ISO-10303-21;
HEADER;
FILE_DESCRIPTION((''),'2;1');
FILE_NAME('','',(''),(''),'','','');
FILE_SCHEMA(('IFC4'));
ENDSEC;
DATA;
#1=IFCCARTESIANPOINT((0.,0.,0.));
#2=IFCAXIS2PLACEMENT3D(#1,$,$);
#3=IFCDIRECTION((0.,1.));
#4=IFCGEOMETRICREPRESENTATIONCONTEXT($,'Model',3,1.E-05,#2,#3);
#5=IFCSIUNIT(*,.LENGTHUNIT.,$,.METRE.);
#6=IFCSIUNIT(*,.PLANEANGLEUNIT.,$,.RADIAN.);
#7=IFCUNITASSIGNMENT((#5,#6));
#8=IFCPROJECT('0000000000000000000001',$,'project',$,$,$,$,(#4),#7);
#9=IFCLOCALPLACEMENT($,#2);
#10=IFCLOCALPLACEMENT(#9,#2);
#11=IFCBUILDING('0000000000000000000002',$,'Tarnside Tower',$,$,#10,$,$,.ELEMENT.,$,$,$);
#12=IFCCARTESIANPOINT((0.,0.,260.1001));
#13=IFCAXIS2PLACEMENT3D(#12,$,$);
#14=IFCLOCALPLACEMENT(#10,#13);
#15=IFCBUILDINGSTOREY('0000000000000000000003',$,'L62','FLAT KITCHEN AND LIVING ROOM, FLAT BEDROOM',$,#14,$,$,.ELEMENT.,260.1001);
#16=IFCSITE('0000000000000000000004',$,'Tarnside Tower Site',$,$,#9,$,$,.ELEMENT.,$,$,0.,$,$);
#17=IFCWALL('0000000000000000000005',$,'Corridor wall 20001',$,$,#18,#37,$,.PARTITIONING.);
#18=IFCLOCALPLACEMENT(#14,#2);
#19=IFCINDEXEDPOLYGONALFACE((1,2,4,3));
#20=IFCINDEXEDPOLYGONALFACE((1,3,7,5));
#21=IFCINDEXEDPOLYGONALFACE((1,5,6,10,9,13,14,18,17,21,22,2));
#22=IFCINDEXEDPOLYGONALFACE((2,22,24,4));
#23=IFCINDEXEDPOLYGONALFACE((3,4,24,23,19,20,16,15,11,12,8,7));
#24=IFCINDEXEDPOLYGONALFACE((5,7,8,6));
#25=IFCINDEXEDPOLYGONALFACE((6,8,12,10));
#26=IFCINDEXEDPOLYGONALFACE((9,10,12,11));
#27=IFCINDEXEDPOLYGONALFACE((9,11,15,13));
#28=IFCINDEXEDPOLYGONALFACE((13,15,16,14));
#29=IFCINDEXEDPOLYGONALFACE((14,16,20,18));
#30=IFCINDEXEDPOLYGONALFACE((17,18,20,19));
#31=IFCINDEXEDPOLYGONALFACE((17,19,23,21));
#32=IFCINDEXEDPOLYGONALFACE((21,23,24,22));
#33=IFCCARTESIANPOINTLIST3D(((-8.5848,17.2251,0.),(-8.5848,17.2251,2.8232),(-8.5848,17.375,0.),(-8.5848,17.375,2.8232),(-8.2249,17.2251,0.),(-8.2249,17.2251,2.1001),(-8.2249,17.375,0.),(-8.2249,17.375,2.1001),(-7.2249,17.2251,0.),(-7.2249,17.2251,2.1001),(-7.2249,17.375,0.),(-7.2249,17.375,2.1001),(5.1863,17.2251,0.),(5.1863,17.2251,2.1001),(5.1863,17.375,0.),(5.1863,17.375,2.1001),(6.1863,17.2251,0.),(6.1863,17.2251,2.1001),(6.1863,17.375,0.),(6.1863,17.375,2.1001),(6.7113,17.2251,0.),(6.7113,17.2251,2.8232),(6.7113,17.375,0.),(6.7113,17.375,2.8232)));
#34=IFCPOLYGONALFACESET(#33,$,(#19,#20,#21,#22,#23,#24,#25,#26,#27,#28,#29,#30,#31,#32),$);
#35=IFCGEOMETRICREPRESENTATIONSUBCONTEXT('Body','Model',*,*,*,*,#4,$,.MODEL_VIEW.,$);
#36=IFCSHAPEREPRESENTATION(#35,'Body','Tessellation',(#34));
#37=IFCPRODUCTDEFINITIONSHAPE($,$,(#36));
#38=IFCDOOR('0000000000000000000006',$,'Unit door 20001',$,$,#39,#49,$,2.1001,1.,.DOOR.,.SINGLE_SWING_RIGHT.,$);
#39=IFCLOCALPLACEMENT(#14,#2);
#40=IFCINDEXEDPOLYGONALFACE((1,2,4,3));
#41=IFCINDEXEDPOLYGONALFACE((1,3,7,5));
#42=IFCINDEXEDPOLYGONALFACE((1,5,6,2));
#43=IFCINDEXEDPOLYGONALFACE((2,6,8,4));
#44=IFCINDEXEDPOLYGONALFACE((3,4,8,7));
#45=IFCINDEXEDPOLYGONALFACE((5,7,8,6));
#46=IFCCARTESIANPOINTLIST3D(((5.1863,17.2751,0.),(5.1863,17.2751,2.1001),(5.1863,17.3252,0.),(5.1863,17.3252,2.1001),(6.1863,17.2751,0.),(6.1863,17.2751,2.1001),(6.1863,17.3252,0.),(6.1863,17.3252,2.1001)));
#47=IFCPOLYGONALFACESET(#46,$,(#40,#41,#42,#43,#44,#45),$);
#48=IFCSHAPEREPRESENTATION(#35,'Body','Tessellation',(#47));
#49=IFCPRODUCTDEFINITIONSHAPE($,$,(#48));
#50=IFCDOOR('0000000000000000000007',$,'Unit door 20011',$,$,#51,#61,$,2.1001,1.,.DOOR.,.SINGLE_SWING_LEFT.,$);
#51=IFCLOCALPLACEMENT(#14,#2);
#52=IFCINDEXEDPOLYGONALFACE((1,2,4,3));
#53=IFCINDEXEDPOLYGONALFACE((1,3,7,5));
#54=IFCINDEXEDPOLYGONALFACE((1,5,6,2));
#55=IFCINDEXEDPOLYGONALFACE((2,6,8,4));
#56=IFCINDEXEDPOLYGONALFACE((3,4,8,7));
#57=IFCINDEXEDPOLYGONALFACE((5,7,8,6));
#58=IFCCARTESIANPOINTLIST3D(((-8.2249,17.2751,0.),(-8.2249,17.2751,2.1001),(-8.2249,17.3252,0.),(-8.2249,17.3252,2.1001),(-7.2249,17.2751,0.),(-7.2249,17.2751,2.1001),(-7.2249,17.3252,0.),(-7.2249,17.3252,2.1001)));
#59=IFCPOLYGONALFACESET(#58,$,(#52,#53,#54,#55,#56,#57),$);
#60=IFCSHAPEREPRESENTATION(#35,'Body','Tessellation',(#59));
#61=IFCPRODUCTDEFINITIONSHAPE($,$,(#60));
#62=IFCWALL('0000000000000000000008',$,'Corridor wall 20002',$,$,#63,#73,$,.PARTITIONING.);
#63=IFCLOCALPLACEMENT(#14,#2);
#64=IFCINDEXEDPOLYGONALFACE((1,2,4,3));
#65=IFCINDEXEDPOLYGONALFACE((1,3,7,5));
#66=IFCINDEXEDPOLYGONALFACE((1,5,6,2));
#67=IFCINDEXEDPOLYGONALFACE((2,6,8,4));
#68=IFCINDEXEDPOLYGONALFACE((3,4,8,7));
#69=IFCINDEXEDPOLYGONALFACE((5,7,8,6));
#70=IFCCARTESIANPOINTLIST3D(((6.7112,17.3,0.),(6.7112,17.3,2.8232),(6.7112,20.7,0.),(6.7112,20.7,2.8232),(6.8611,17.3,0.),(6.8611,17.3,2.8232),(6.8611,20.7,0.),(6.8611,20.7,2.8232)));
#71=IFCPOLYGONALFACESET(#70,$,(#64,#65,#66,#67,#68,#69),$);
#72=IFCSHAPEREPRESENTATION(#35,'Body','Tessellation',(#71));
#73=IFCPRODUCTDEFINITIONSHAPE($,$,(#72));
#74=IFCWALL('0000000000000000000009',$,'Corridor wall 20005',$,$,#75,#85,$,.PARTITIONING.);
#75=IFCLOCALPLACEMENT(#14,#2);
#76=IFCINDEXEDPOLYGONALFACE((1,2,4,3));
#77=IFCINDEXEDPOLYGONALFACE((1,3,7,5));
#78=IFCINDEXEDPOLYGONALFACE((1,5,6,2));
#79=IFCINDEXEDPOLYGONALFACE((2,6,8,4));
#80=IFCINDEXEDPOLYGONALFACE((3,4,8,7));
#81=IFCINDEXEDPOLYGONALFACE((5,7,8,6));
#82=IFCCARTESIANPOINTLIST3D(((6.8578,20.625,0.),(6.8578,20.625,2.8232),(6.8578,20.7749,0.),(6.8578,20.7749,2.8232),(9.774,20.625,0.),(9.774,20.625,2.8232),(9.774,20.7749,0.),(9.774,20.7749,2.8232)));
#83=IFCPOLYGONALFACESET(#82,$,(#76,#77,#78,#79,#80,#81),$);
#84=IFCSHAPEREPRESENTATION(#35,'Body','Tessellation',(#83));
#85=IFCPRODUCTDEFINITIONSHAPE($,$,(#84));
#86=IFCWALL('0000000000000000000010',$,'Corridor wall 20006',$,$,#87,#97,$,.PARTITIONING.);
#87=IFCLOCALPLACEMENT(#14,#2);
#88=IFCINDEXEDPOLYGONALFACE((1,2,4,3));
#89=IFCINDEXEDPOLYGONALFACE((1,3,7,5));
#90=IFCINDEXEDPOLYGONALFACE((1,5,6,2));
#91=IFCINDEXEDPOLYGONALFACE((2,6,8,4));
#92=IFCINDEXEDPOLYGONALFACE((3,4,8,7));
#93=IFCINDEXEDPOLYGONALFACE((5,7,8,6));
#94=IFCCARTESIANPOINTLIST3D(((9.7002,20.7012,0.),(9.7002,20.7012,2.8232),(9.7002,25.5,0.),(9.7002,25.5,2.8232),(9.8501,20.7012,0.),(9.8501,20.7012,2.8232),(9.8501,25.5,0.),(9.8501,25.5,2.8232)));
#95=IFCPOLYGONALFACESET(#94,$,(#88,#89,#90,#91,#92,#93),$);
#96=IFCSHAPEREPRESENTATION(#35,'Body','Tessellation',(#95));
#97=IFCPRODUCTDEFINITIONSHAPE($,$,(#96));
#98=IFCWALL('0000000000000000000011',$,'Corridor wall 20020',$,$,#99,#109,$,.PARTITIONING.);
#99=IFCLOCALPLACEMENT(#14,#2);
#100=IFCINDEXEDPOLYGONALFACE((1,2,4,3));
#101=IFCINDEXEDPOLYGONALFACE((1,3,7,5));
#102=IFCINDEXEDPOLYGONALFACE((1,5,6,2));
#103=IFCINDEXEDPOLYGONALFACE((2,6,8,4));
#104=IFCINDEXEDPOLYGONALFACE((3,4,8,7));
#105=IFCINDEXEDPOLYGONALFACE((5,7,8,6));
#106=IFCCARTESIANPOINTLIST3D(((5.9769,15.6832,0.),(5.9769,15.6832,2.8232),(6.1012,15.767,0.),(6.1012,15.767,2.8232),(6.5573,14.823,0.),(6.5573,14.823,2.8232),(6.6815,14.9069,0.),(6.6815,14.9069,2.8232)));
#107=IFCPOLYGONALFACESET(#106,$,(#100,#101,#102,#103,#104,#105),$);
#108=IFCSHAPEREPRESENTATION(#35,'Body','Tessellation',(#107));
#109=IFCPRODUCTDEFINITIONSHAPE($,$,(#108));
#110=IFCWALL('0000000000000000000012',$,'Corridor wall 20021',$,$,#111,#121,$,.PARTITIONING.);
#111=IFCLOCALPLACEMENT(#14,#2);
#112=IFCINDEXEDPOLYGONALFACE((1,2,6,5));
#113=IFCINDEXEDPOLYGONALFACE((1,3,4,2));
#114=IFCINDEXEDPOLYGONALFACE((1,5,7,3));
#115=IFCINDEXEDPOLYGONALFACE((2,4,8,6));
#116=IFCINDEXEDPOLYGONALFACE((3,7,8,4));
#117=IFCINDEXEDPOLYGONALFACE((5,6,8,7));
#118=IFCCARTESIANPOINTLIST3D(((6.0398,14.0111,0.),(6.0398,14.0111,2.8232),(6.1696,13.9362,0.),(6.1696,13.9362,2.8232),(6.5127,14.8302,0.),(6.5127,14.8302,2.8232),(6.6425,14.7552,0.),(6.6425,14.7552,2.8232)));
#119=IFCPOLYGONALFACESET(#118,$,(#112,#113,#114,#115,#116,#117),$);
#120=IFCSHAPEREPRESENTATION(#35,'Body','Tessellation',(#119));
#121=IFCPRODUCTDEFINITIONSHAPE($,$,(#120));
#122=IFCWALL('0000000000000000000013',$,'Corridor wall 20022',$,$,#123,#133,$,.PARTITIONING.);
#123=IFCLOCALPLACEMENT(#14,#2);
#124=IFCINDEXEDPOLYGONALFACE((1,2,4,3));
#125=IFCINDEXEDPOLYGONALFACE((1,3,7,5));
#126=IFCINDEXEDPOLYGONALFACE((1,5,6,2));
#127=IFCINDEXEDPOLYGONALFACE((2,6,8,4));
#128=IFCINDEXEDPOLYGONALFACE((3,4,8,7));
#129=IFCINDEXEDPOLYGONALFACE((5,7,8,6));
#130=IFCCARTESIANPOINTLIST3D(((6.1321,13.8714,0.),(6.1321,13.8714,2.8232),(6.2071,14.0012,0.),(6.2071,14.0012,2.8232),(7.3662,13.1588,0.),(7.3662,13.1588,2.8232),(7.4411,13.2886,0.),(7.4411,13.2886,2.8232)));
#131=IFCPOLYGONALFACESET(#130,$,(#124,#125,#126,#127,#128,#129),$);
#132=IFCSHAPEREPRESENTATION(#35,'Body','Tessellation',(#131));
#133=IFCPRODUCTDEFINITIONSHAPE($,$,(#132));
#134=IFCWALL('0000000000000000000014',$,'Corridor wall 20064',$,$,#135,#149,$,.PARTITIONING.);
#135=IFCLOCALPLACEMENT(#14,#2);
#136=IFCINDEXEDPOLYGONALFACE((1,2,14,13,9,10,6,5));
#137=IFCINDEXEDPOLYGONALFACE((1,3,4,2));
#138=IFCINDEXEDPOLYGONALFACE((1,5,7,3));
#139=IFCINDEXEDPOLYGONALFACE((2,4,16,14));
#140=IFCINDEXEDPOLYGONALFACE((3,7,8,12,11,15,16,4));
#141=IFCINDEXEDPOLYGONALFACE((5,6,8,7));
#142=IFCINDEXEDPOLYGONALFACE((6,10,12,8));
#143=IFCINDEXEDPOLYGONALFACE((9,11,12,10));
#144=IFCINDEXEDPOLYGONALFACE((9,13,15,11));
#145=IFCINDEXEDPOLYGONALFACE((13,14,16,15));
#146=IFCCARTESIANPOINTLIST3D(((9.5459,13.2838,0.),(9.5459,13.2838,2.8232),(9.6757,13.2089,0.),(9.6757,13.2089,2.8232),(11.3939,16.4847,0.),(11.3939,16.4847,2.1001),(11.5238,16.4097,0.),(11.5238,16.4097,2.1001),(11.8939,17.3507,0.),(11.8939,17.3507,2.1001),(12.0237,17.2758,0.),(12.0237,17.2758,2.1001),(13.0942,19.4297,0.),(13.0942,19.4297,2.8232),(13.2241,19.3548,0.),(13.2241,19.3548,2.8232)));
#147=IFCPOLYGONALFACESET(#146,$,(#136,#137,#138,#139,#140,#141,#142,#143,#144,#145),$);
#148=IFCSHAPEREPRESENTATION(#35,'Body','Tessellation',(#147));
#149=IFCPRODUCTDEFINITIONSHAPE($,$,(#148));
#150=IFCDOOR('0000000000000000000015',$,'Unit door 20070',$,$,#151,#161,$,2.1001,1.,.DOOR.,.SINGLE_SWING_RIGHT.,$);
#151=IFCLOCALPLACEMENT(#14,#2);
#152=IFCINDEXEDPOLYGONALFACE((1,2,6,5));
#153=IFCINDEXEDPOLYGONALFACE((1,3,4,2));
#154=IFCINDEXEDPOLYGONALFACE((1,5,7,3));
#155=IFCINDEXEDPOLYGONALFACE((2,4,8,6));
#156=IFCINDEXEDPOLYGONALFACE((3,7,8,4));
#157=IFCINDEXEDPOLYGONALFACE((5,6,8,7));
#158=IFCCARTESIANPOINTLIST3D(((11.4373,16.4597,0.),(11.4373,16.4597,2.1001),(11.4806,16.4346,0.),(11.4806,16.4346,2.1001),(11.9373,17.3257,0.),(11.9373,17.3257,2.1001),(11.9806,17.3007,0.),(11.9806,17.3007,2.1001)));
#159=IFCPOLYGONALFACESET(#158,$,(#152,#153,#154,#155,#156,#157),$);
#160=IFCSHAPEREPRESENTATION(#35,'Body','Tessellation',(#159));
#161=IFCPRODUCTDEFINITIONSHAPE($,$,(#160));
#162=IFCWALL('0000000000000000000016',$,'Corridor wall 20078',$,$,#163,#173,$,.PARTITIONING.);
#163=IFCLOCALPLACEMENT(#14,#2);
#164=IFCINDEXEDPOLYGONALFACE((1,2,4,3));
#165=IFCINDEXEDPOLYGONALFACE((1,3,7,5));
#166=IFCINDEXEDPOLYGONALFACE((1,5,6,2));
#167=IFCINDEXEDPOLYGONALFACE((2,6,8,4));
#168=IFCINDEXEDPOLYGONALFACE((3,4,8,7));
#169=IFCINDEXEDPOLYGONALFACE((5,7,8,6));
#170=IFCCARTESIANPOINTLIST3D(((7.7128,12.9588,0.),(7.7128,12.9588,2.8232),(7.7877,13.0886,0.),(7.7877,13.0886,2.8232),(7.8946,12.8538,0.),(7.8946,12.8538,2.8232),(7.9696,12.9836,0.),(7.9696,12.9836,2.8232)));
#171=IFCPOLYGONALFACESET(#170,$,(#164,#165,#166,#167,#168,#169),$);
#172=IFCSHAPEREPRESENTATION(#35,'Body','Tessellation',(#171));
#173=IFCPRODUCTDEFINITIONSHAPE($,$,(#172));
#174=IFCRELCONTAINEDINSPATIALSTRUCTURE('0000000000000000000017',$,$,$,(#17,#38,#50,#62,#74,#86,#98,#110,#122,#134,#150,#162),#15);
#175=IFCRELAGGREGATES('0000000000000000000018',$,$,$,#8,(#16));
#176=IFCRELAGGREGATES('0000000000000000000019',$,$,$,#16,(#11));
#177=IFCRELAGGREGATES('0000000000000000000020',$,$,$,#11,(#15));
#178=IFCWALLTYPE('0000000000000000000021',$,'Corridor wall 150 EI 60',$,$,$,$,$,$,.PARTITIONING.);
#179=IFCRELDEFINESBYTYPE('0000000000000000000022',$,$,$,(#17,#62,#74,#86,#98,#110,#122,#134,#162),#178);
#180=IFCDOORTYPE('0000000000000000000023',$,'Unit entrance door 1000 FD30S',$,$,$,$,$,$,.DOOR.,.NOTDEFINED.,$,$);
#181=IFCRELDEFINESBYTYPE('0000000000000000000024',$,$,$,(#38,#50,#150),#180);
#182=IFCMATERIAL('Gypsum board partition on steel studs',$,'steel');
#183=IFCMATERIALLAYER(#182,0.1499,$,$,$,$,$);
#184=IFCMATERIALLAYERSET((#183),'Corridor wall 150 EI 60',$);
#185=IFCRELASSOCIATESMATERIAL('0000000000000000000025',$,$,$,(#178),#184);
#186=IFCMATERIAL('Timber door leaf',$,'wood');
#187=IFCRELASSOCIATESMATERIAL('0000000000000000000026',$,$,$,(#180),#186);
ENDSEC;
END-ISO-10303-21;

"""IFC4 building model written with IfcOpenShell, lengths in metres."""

from ifc_helpers import new_model, si_unit, direction, frame, frame_2d, origin, place, context, subcontext, project, spatial, rectangle, extrude, material, layer, layer_set, type_object, element, fill, save


model = new_model("IFC4")

# Units and contexts
model_context = context("Model", 3, precision=1e-05, world=origin(), true_north=direction((0.0, 1.0)))
body_context = subcontext(model_context, "Body", "Model", "MODEL_VIEW")
ifc_project = project(units=[si_unit("LENGTHUNIT", "METRE"), si_unit("PLANEANGLEUNIT", "RADIAN")], contexts=[model_context])

# Site, building, storey
site_placement = place(None, origin())
site = spatial("IfcSite", under=ifc_project, at=site_placement, Name="Tarnside Tower Site", CompositionType="ELEMENT", RefElevation=0.0)
building_placement = place(site_placement, origin())
building = spatial("IfcBuilding", under=site, at=building_placement, Name="Tarnside Tower", CompositionType="ELEMENT")
storey_placement = place(building_placement, frame((0.0, 0.0, 260.1001)))
storey = spatial("IfcBuildingStorey", under=building, at=storey_placement, Name="L62", Description="FLAT KITCHEN AND LIVING ROOM, FLAT BEDROOM", CompositionType="ELEMENT", Elevation=260.1001)

# Shared definitions
ifc_material_1 = material(Name="Gypsum board partition on steel studs", Category="steel")

# Shared definitions
ifc_material_2 = material(Name="Timber door leaf", Category="wood")

# Wall, openings, doors
ifc_layer_1 = layer(ifc_material_1, 0.1499)
ifc_layer_set_1 = layer_set([ifc_layer_1], Name="Corridor wall 150 EI 60")
wall_type_1 = type_object("IfcWallType", Name="Corridor wall 150 EI 60", PredefinedType="PARTITIONING", material=ifc_layer_set_1)
wall_1_placement = place(storey_placement, frame((6.7112, 17.3, 0.0), z_axis=(0.0, 0.0, 1.0), x_axis=(-1.0, 0.0, 0.0)))
wall_1 = element("IfcWall", 1, at=wall_1_placement, inside=storey, type_object=wall_type_1, Name="Corridor wall 20001", PredefinedType="PARTITIONING", context=body_context, shape_type="SweptSolid", body=[
    extrude(rectangle(XDim=15.2961, YDim=0.1499, at=frame_2d((7.6479, 0.0))), origin(), (0.0, 0.0, 1.0), 2.8232),
])
opening_1_placement = place(wall_1_placement, frame((0.5249, 0.0, 0.0)))
opening_1 = element("IfcOpeningElement", 2, at=opening_1_placement, cuts=wall_1, PredefinedType="OPENING", context=body_context, shape_type="SweptSolid", body=[
    extrude(rectangle(XDim=1.0, YDim=2.1001, at=frame_2d((0.5, 1.05))), frame((0.0, 0.085, 0.0), z_axis=(0.0, -1.0, 0.0), x_axis=(1.0, 0.0, 0.0)), (0.0, 0.0, 1.0), 0.1699),
])
opening_2_placement = place(wall_1_placement, frame((13.936, 0.0, 0.0)))
opening_2 = element("IfcOpeningElement", 3, at=opening_2_placement, cuts=wall_1, PredefinedType="OPENING", context=body_context, shape_type="SweptSolid", body=[
    extrude(rectangle(XDim=1.0, YDim=2.1001, at=frame_2d((0.5, 1.05))), frame((0.0, 0.085, 0.0), z_axis=(0.0, -1.0, 0.0), x_axis=(1.0, 0.0, 0.0)), (0.0, 0.0, 1.0), 0.1699),
])
door_type_1 = type_object("IfcDoorType", Name="Unit entrance door 1000 FD30S", OperationType="NOTDEFINED", PredefinedType="DOOR", material=ifc_material_2)
door_1_placement = place(opening_1_placement, origin())
door_1 = element("IfcDoor", 4, at=door_1_placement, inside=storey, type_object=door_type_1, Name="Unit door 20001", OperationType="SINGLE_SWING_RIGHT", OverallHeight=2.1001, OverallWidth=1.0, PredefinedType="DOOR", context=body_context, shape_type="SweptSolid", body=[
    extrude(rectangle(XDim=1.0, YDim=2.1001, at=frame_2d((0.5, 1.05))), frame((0.0, 0.0249, 0.0), z_axis=(0.0, -1.0, 0.0), x_axis=(1.0, 0.0, 0.0)), (0.0, 0.0, 1.0), 0.05),
])
fill(opening_1, door_1)
door_2_placement = place(opening_2_placement, origin())
door_2 = element("IfcDoor", 5, at=door_2_placement, inside=storey, type_object=door_type_1, Name="Unit door 20011", OperationType="SINGLE_SWING_LEFT", OverallHeight=2.1001, OverallWidth=1.0, PredefinedType="DOOR", context=body_context, shape_type="SweptSolid", body=[
    extrude(rectangle(XDim=1.0, YDim=2.1001, at=frame_2d((0.5, 1.05))), frame((0.0, 0.0249, 0.0), z_axis=(0.0, -1.0, 0.0), x_axis=(1.0, 0.0, 0.0)), (0.0, 0.0, 1.0), 0.05),
])
fill(opening_2, door_2)

# Walls
wall_2_placement = place(storey_placement, frame((6.7861, 20.7, 0.0), z_axis=(0.0, 0.0, 1.0), x_axis=(0.0, -1.0, 0.0)))
element("IfcWall", 6, at=wall_2_placement, inside=storey, type_object=wall_type_1, Name="Corridor wall 20002", PredefinedType="PARTITIONING", context=body_context, shape_type="SweptSolid", body=[
    extrude(rectangle(XDim=3.3999, YDim=0.1499, at=frame_2d((1.7, 0.0))), origin(), (0.0, 0.0, 1.0), 2.8232),
])
wall_3_placement = place(storey_placement, frame((9.7739, 20.7, 0.0), z_axis=(0.0, 0.0, 1.0), x_axis=(-1.0, 0.0, 0.0)))
element("IfcWall", 7, at=wall_3_placement, inside=storey, type_object=wall_type_1, Name="Corridor wall 20005", PredefinedType="PARTITIONING", context=body_context, shape_type="SweptSolid", body=[
    extrude(rectangle(XDim=2.9163, YDim=0.1499, at=frame_2d((1.458, 0.0))), origin(), (0.0, 0.0, 1.0), 2.8232),
])
wall_4_placement = place(storey_placement, frame((9.7751, 25.5, 0.0), z_axis=(0.0, 0.0, 1.0), x_axis=(0.0, -1.0, 0.0)))
element("IfcWall", 8, at=wall_4_placement, inside=storey, type_object=wall_type_1, Name="Corridor wall 20006", PredefinedType="PARTITIONING", context=body_context, shape_type="SweptSolid", body=[
    extrude(rectangle(XDim=4.7988, YDim=0.1499, at=frame_2d((2.3994, 0.0))), origin(), (0.0, 0.0, 1.0), 2.8232),
])
wall_5_placement = place(storey_placement, frame((6.0391, 15.7251, 0.0), z_axis=(0.0, 0.0, 1.0), x_axis=(0.559307, -0.82896, 0.0)))
element("IfcWall", 9, at=wall_5_placement, inside=storey, type_object=wall_type_1, Name="Corridor wall 20020", PredefinedType="PARTITIONING", context=body_context, shape_type="SweptSolid", body=[
    extrude(rectangle(XDim=1.0376, YDim=0.1499, at=frame_2d((0.5188, 0.0))), origin(), (0.0, 0.0, 1.0), 2.8232),
])
wall_6_placement = place(storey_placement, frame((6.5776, 14.7927, 0.0), z_axis=(0.0, 0.0, 1.0), x_axis=(-0.499998, -0.866027, 0.0)))
element("IfcWall", 10, at=wall_6_placement, inside=storey, type_object=wall_type_1, Name="Corridor wall 20021", PredefinedType="PARTITIONING", context=body_context, shape_type="SweptSolid", body=[
    extrude(rectangle(XDim=0.9458, YDim=0.1499, at=frame_2d((0.4729, 0.0))), origin(), (0.0, 0.0, 1.0), 2.8232),
])
wall_7_placement = place(storey_placement, frame((6.1697, 13.9363, 0.0), z_axis=(0.0, 0.0, 1.0), x_axis=(0.865989, -0.500064, 0.0)))
element("IfcWall", 11, at=wall_7_placement, inside=storey, type_object=wall_type_1, Name="Corridor wall 20022", PredefinedType="PARTITIONING", context=body_context, shape_type="SweptSolid", body=[
    extrude(rectangle(XDim=1.425, YDim=0.1499, at=frame_2d((0.7124, 0.0))), origin(), (0.0, 0.0, 1.0), 2.8232),
])

# Wall, opening, door
wall_8_placement = place(storey_placement, frame((9.6108, 13.2463, 0.0), z_axis=(0.0, 0.0, 1.0), x_axis=(0.499994, 0.866029, 0.0)))
wall_8 = element("IfcWall", 12, at=wall_8_placement, inside=storey, type_object=wall_type_1, Name="Corridor wall 20064", PredefinedType="PARTITIONING", context=body_context, shape_type="SweptSolid", body=[
    extrude(rectangle(XDim=7.0967, YDim=0.1499, at=frame_2d((3.5483, 0.0))), origin(), (0.0, 0.0, 1.0), 2.8232),
])
opening_3_placement = place(wall_8_placement, frame((3.696, 0.0, 0.0)))
opening_3 = element("IfcOpeningElement", 13, at=opening_3_placement, cuts=wall_8, PredefinedType="OPENING", context=body_context, shape_type="SweptSolid", body=[
    extrude(rectangle(XDim=1.0, YDim=2.1001, at=frame_2d((0.5, 1.05))), frame((0.0, 0.085, 0.0), z_axis=(0.0, -1.0, 0.0), x_axis=(1.0, 0.0, 0.0)), (0.0, 0.0, 1.0), 0.1699),
])
door_3_placement = place(opening_3_placement, origin())
door_3 = element("IfcDoor", 14, at=door_3_placement, inside=storey, type_object=door_type_1, Name="Unit door 20070", OperationType="SINGLE_SWING_RIGHT", OverallHeight=2.1001, OverallWidth=1.0, PredefinedType="DOOR", context=body_context, shape_type="SweptSolid", body=[
    extrude(rectangle(XDim=1.0, YDim=2.1001, at=frame_2d((0.5, 1.05))), frame((0.0, 0.0249, 0.0), z_axis=(0.0, -1.0, 0.0), x_axis=(1.0, 0.0, 0.0)), (0.0, 0.0, 1.0), 0.05),
])
fill(opening_3, door_3)

# Wall
wall_9_placement = place(storey_placement, frame((7.7502, 13.0237, 0.0), z_axis=(0.0, 0.0, 1.0), x_axis=(0.866089, -0.49989, 0.0)))
element("IfcWall", 15, at=wall_9_placement, inside=storey, type_object=wall_type_1, Name="Corridor wall 20078", PredefinedType="PARTITIONING", context=body_context, shape_type="SweptSolid", body=[
    extrude(rectangle(XDim=0.21, YDim=0.1499, at=frame_2d((0.105, 0.0))), origin(), (0.0, 0.0, 1.0), 2.8232),
])

save(model, "model.ifc")
